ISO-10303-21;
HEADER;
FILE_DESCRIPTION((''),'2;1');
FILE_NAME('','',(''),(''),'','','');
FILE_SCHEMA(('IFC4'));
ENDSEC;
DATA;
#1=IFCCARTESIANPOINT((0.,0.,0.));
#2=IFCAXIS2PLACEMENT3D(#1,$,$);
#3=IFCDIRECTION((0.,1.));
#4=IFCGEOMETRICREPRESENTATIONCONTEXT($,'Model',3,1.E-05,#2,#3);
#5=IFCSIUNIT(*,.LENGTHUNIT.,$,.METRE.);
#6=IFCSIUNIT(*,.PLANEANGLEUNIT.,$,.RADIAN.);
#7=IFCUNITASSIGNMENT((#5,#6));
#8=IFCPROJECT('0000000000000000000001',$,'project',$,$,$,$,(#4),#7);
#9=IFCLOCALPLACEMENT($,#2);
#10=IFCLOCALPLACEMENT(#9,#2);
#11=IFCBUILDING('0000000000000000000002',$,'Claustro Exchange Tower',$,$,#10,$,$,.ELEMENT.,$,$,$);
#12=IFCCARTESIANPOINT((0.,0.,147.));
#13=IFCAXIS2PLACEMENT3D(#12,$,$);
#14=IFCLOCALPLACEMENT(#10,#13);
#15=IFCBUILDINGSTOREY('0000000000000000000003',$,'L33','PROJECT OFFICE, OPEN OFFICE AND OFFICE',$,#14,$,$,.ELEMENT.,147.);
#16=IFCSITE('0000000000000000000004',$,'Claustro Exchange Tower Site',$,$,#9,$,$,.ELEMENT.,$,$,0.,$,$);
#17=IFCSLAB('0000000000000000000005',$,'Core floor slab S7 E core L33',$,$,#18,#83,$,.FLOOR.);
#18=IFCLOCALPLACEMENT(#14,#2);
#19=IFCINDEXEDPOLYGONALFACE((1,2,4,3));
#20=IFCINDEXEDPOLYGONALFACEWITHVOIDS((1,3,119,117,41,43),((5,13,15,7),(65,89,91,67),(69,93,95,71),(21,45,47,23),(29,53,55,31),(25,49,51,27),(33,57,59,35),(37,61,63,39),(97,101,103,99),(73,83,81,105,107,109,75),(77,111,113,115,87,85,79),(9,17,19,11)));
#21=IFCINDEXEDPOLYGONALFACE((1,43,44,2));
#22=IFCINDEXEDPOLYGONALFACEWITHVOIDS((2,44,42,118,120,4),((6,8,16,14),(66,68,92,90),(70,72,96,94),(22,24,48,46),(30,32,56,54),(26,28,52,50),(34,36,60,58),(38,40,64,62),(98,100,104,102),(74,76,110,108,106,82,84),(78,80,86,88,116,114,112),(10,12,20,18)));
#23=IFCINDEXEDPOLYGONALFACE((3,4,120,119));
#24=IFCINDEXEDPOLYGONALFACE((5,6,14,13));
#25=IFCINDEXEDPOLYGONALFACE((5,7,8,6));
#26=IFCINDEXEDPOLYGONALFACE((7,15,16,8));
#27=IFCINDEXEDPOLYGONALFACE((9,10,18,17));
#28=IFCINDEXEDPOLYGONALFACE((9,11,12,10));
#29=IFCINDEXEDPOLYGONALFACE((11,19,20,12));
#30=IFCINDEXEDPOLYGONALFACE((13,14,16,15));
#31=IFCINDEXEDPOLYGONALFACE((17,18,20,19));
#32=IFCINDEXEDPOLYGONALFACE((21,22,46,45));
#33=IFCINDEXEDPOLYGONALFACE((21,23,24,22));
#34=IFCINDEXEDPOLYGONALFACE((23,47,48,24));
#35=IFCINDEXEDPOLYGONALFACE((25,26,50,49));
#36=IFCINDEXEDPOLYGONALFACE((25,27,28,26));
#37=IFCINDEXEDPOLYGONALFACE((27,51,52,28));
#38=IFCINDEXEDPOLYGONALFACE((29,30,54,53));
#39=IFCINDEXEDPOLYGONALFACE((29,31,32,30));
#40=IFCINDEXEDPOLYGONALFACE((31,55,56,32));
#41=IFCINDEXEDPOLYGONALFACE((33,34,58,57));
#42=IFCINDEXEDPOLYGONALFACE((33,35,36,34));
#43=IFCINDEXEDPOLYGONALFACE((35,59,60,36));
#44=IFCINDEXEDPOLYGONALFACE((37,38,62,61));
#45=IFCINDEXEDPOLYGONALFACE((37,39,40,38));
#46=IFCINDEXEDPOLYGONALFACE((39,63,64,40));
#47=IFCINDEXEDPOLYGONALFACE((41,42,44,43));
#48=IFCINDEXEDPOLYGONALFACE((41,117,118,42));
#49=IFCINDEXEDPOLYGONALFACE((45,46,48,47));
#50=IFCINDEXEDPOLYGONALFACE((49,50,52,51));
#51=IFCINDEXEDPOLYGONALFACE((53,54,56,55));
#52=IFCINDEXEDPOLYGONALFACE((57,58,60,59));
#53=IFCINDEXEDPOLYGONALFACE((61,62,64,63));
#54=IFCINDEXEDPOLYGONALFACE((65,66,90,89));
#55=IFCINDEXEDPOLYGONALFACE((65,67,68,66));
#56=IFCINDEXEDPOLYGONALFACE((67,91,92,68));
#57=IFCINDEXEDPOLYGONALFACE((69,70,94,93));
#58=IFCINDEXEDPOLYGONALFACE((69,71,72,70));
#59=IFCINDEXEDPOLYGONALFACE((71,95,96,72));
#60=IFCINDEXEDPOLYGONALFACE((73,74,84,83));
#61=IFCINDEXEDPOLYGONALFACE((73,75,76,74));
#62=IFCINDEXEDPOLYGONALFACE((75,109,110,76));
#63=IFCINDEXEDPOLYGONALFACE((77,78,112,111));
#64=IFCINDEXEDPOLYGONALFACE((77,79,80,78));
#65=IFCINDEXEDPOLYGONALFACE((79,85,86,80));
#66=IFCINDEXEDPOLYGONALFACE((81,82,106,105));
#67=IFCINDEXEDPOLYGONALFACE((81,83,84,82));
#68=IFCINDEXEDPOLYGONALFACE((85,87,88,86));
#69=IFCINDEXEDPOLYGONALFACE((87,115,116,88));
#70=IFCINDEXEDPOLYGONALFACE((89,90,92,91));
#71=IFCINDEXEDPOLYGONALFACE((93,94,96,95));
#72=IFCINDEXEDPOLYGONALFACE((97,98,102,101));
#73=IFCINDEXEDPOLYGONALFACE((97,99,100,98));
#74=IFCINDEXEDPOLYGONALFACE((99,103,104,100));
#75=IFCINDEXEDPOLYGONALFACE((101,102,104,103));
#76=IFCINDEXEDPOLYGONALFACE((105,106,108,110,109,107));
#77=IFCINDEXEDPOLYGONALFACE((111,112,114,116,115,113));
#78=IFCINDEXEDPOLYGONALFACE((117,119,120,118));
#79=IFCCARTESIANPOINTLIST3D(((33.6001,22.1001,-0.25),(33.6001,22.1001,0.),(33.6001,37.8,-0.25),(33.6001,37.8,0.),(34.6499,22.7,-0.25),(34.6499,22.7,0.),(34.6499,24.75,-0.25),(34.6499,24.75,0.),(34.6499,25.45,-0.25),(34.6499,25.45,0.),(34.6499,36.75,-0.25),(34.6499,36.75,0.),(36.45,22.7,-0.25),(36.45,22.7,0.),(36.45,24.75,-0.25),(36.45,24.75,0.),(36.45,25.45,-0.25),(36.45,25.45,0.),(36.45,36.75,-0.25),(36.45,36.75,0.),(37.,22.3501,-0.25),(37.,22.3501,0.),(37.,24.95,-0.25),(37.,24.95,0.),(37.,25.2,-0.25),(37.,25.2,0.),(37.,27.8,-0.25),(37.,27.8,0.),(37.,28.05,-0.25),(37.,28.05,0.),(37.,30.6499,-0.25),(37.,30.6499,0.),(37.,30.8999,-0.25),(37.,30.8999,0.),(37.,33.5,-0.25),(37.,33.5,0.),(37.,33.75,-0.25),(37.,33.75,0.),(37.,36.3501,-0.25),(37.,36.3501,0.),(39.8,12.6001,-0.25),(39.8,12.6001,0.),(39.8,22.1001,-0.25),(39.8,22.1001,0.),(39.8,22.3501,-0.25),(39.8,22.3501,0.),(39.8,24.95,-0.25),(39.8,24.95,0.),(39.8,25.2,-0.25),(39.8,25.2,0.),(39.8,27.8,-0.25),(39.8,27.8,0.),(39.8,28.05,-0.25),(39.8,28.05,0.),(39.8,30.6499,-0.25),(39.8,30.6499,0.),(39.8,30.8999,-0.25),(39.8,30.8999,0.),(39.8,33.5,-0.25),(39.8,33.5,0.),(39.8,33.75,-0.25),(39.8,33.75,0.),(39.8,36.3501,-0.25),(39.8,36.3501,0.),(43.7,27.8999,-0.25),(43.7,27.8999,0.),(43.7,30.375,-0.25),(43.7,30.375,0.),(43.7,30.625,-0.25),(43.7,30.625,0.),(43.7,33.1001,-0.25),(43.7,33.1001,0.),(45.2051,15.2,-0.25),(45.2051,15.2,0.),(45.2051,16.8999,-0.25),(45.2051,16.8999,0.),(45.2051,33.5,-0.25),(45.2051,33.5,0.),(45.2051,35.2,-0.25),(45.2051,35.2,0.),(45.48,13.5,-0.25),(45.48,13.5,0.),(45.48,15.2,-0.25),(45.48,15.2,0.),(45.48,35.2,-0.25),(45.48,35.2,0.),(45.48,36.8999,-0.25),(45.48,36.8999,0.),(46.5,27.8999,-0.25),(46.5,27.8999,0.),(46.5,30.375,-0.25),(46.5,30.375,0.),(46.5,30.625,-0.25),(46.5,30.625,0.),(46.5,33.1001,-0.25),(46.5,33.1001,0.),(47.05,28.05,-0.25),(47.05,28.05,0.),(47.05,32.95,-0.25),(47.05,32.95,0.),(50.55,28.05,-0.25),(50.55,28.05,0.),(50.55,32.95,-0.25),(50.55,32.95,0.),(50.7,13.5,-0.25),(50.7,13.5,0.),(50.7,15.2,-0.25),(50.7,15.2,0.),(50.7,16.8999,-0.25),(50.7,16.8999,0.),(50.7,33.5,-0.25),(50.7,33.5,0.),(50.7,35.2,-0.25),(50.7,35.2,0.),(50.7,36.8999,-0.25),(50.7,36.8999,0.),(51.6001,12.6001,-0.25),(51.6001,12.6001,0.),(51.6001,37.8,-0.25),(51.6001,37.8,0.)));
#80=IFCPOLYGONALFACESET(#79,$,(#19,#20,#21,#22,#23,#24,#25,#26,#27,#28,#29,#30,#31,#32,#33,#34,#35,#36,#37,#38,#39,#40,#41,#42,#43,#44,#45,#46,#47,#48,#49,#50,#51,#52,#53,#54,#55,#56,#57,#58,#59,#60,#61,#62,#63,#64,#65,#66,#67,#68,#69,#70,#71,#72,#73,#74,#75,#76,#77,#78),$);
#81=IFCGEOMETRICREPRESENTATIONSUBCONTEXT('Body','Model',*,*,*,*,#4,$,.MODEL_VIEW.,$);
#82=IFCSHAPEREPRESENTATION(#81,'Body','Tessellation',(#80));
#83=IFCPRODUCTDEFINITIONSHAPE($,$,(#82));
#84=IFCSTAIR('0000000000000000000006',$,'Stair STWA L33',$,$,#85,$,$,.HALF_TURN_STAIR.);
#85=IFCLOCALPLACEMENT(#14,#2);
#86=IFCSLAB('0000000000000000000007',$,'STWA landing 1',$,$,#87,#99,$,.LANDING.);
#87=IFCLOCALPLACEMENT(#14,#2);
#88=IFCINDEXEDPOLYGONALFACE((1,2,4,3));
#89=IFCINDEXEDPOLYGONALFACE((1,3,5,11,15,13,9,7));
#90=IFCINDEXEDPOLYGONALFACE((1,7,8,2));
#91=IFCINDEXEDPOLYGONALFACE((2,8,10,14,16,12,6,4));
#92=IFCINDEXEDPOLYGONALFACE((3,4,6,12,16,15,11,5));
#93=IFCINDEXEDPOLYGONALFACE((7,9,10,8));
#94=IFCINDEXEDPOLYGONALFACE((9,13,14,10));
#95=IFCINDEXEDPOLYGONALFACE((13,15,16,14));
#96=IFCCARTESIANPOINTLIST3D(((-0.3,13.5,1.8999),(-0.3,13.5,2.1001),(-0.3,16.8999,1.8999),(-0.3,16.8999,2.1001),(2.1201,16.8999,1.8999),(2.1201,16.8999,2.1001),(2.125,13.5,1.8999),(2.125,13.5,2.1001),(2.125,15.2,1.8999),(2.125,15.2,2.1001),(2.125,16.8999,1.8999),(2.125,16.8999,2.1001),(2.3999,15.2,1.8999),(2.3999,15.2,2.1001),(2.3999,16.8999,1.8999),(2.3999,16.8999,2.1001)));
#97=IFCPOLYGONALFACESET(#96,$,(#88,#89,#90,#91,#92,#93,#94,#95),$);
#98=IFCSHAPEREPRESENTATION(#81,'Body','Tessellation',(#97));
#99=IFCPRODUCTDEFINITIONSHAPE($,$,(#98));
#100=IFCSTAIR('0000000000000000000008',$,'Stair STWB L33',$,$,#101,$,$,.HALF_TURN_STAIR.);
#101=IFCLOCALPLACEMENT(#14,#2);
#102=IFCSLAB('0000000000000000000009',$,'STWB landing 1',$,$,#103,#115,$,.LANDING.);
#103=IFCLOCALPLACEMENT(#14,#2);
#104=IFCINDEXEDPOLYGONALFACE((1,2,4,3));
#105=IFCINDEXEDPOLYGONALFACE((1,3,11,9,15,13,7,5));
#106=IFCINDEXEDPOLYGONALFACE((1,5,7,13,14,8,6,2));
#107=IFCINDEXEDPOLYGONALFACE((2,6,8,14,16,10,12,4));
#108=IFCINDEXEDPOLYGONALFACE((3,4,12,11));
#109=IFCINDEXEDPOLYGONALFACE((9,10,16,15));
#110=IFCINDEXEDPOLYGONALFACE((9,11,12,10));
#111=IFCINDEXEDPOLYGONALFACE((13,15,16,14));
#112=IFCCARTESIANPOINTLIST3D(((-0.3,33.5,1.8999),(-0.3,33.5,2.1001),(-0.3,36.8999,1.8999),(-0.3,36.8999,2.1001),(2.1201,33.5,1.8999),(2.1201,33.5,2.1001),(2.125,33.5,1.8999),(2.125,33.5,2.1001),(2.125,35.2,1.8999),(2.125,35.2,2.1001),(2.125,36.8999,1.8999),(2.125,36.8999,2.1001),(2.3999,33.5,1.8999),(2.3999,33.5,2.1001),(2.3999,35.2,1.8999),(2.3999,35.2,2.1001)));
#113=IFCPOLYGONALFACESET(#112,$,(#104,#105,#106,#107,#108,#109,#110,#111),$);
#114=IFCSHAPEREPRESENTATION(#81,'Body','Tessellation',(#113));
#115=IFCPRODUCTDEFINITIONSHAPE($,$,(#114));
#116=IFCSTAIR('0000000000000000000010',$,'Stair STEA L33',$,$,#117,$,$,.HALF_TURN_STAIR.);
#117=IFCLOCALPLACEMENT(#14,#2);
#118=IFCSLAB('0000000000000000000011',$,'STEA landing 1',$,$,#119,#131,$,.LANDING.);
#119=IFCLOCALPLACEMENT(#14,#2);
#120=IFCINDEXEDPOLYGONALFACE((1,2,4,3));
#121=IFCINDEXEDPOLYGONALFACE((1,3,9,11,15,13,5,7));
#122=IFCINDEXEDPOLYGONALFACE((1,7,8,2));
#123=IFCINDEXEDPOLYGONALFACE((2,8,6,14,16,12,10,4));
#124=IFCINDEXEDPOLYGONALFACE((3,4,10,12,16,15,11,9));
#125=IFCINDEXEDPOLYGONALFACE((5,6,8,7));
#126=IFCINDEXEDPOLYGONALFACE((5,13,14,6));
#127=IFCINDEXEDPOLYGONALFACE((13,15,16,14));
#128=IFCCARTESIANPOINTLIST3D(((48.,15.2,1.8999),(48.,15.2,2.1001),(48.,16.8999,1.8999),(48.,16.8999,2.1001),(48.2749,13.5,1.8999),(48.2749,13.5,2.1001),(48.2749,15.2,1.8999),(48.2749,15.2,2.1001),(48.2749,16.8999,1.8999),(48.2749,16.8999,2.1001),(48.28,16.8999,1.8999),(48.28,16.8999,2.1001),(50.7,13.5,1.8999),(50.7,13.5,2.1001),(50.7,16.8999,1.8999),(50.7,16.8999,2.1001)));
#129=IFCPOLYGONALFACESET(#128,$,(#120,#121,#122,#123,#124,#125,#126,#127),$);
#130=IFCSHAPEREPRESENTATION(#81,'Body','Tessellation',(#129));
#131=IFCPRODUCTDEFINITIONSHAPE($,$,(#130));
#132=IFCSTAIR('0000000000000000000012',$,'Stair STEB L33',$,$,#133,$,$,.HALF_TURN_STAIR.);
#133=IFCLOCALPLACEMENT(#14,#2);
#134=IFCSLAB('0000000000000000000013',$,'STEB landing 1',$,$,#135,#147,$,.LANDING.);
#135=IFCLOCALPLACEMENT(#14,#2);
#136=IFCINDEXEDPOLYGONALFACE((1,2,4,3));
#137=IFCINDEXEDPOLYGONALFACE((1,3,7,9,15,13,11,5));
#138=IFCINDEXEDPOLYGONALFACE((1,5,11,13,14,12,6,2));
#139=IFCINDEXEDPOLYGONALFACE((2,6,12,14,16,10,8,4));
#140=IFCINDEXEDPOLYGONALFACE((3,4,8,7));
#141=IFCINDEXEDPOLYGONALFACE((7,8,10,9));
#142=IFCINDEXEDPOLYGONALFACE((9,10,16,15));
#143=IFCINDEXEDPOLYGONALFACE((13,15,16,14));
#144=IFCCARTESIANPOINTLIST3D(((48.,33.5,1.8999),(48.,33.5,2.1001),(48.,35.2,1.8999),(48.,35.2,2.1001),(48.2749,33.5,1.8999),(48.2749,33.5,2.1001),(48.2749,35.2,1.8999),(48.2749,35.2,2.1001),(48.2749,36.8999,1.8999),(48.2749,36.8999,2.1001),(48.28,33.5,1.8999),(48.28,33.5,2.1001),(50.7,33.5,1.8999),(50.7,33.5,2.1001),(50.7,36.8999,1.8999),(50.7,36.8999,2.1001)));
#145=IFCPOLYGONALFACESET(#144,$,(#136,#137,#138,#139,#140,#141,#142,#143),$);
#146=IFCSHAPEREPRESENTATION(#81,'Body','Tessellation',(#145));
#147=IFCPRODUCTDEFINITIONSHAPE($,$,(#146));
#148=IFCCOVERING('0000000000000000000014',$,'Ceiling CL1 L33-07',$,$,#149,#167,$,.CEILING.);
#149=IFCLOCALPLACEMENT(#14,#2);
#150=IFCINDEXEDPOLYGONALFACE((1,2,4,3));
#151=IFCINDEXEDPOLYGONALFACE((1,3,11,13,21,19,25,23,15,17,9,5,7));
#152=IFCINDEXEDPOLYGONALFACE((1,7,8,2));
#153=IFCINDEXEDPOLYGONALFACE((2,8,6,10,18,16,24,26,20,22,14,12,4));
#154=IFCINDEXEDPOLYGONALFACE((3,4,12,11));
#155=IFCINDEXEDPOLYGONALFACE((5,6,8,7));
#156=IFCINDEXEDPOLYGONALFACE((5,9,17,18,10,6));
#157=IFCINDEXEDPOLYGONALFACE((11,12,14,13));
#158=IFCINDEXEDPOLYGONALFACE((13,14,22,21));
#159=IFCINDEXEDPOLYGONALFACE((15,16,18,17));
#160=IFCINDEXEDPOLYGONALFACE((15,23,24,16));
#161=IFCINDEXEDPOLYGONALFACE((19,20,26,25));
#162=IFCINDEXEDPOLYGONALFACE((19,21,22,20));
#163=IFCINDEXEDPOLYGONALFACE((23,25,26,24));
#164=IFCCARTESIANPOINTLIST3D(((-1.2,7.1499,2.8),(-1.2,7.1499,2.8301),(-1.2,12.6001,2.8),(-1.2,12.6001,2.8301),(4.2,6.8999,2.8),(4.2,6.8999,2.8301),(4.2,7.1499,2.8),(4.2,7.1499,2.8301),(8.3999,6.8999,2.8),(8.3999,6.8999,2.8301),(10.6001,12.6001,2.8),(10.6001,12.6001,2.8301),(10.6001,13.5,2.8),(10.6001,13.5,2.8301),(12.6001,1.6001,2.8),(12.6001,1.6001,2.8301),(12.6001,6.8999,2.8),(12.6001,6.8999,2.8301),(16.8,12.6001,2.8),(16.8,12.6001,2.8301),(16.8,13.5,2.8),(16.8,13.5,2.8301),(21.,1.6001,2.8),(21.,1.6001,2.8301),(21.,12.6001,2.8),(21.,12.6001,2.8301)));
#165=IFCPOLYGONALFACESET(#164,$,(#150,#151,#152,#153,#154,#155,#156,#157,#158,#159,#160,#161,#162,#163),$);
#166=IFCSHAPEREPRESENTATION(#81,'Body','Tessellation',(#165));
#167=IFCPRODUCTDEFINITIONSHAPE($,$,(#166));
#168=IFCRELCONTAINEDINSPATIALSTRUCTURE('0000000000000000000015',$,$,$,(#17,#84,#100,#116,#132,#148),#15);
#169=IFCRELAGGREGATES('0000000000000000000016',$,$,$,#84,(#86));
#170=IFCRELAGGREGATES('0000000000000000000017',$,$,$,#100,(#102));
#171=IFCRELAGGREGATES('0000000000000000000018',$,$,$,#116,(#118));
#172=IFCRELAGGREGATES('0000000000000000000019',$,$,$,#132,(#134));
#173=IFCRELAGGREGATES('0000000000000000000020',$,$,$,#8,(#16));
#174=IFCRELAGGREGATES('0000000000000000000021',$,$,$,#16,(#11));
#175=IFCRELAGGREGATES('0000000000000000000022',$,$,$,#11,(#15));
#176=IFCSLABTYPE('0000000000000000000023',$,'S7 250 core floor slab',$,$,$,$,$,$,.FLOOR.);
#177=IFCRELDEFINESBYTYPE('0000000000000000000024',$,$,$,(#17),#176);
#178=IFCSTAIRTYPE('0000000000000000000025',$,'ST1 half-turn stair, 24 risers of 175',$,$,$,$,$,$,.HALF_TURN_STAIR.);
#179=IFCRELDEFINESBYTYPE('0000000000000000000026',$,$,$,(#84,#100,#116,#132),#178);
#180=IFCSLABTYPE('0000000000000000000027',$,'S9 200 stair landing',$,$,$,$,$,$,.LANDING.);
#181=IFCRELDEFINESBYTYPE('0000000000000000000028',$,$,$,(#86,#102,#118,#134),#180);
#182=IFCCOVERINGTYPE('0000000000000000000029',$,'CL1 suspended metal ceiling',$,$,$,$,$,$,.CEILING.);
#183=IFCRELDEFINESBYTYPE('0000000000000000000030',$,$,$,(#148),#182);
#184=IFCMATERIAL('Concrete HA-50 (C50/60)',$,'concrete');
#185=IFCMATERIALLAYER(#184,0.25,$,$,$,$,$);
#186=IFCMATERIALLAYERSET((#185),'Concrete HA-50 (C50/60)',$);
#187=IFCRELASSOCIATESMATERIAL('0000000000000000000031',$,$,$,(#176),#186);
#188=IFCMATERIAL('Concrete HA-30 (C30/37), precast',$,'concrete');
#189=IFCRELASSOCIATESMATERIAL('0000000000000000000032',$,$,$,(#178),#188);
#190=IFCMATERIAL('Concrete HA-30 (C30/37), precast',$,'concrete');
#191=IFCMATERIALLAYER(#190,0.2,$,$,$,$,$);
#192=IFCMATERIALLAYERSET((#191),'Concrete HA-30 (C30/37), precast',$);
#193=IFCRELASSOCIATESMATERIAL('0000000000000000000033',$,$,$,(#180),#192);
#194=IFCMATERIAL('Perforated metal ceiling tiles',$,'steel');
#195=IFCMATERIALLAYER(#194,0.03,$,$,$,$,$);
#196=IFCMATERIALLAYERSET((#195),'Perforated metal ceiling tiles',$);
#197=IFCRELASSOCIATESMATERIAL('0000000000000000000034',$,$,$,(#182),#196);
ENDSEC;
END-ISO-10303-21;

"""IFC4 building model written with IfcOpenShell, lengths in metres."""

from ifc_helpers import new_model, si_unit, direction, frame, origin, place, context, subcontext, project, spatial, polyline, outline, extrude, material, layer, layer_set, type_object, element, aggregate, save


model = new_model("IFC4")

# Units and contexts
model_context = context("Model", 3, precision=1e-05, world=origin(), true_north=direction((0.0, 1.0)))
body_context = subcontext(model_context, "Body", "Model", "MODEL_VIEW")
ifc_project = project(units=[si_unit("LENGTHUNIT", "METRE"), si_unit("PLANEANGLEUNIT", "RADIAN")], contexts=[model_context])

# Site, building, storey
site_placement = place(None, origin())
site = spatial("IfcSite", under=ifc_project, at=site_placement, Name="Claustro Exchange Tower Site", CompositionType="ELEMENT", RefElevation=0.0)
building_placement = place(site_placement, origin())
building = spatial("IfcBuilding", under=site, at=building_placement, Name="Claustro Exchange Tower", CompositionType="ELEMENT")
storey_placement = place(building_placement, frame((0.0, 0.0, 147.0)))
storey = spatial("IfcBuildingStorey", under=building, at=storey_placement, Name="L33", Description="PROJECT OFFICE, OPEN OFFICE AND OFFICE", CompositionType="ELEMENT", Elevation=147.0)

# Slab
ifc_material_1 = material(Name="Concrete HA-50 (C50/60)", Category="concrete")
ifc_layer_1 = layer(ifc_material_1, 0.25)
ifc_layer_set_1 = layer_set([ifc_layer_1], Name="Concrete HA-50 (C50/60)")
slab_type_1 = type_object("IfcSlabType", Name="S7 250 core floor slab", PredefinedType="FLOOR", material=ifc_layer_set_1)
slab_1_placement = place(storey_placement, frame((0.0, 0.0, -0.25)))
element("IfcSlab", 1, at=slab_1_placement, inside=storey, type_object=slab_type_1, Name="Core floor slab S7 E core L33", PredefinedType="FLOOR", context=body_context, shape_type="SweptSolid", body=[
    extrude(outline(polyline([(51.6001, 37.8), (33.6001, 37.8), (33.6001, 22.1001), (39.8, 22.1001), (39.8, 12.6001), (51.6001, 12.6001), (51.6001, 37.8)]), holes=[polyline([(45.48, 15.2), (45.2051, 15.2), (45.2051, 16.8999), (50.7, 16.8999), (50.7, 15.2), (50.7, 13.5), (45.48, 13.5), (45.48, 15.2)]), polyline([(45.48, 35.2), (45.48, 36.8999), (50.7, 36.8999), (50.7, 35.2), (50.7, 33.5), (45.2051, 33.5), (45.2051, 35.2), (45.48, 35.2)]), polyline([(50.55, 32.95), (50.55, 28.05), (47.05, 28.05), (47.05, 32.95), (50.55, 32.95)]), polyline([(43.7, 33.1001), (46.5, 33.1001), (46.5, 30.625), (43.7, 30.625), (43.7, 33.1001)]), polyline([(46.5, 30.375), (46.5, 27.8999), (43.7, 27.8999), (43.7, 30.375), (46.5, 30.375)]), polyline([(37.0, 24.95), (39.8, 24.95), (39.8, 22.3501), (37.0, 22.3501), (37.0, 24.95)]), polyline([(37.0, 30.6499), (39.8, 30.6499), (39.8, 28.05), (37.0, 28.05), (37.0, 30.6499)]), polyline([(39.8, 27.8), (39.8, 25.2), (37.0, 25.2), (37.0, 27.8), (39.8, 27.8)]), polyline([(39.8, 33.5), (39.8, 30.8999), (37.0, 30.8999), (37.0, 33.5), (39.8, 33.5)]), polyline([(39.8, 36.3501), (39.8, 33.75), (37.0, 33.75), (37.0, 36.3501), (39.8, 36.3501)]), polyline([(36.45, 24.75), (36.45, 22.7), (34.6499, 22.7), (34.6499, 24.75), (36.45, 24.75)]), polyline([(36.45, 36.75), (36.45, 25.45), (34.6499, 25.45), (34.6499, 36.75), (36.45, 36.75)])]), origin(), (0.0, 0.0, 1.0), 0.25),
])

# Stairs, slabs
ifc_material_2 = material(Name="Concrete HA-30 (C30/37), precast", Category="concrete")
stair_type = type_object("IfcStairType", Name="ST1 half-turn stair, 24 risers of 175", PredefinedType="HALF_TURN_STAIR", material=ifc_material_2)
stair_1_placement = place(storey_placement, origin())
stair_1 = element("IfcStair", 2, at=stair_1_placement, inside=storey, type_object=stair_type, Name="Stair STWA L33", PredefinedType="HALF_TURN_STAIR")
ifc_material_3 = material(Name="Concrete HA-30 (C30/37), precast", Category="concrete")
ifc_layer_2 = layer(ifc_material_3, 0.2)
ifc_layer_set_2 = layer_set([ifc_layer_2], Name="Concrete HA-30 (C30/37), precast")
slab_type_2 = type_object("IfcSlabType", Name="S9 200 stair landing", PredefinedType="LANDING", material=ifc_layer_set_2)
slab_2_placement = place(storey_placement, frame((0.0, 0.0, 1.8999)))
slab_2 = element("IfcSlab", 3, at=slab_2_placement, type_object=slab_type_2, Name="STWA landing 1", PredefinedType="LANDING", context=body_context, shape_type="SweptSolid", body=[
    extrude(outline(polyline([(2.125, 13.5), (-0.3, 13.5), (-0.3, 16.8999), (2.1201, 16.8999), (2.125, 16.8999), (2.3999, 16.8999), (2.3999, 15.2), (2.125, 15.2), (2.125, 13.5)])), origin(), (0.0, 0.0, 1.0), 0.2002),
])
aggregate(stair_1, [slab_2])
stair_2_placement = place(storey_placement, origin())
stair_2 = element("IfcStair", 4, at=stair_2_placement, inside=storey, type_object=stair_type, Name="Stair STWB L33", PredefinedType="HALF_TURN_STAIR")
slab_3_placement = place(storey_placement, frame((0.0, 0.0, 1.8999)))
slab_3 = element("IfcSlab", 5, at=slab_3_placement, type_object=slab_type_2, Name="STWB landing 1", PredefinedType="LANDING", context=body_context, shape_type="SweptSolid", body=[
    extrude(outline(polyline([(2.3999, 35.2), (2.3999, 33.5), (2.125, 33.5), (2.1201, 33.5), (-0.3, 33.5), (-0.3, 36.8999), (2.125, 36.8999), (2.125, 35.2), (2.3999, 35.2)])), origin(), (0.0, 0.0, 1.0), 0.2002),
])
aggregate(stair_2, [slab_3])
stair_3_placement = place(storey_placement, origin())
stair_3 = element("IfcStair", 6, at=stair_3_placement, inside=storey, type_object=stair_type, Name="Stair STEA L33", PredefinedType="HALF_TURN_STAIR")
slab_4_placement = place(storey_placement, frame((0.0, 0.0, 1.8999)))
slab_4 = element("IfcSlab", 7, at=slab_4_placement, type_object=slab_type_2, Name="STEA landing 1", PredefinedType="LANDING", context=body_context, shape_type="SweptSolid", body=[
    extrude(outline(polyline([(50.7, 16.8999), (50.7, 13.5), (48.2749, 13.5), (48.2749, 15.2), (48.0, 15.2), (48.0, 16.8999), (48.2749, 16.8999), (48.28, 16.8999), (50.7, 16.8999)])), origin(), (0.0, 0.0, 1.0), 0.2002),
])
aggregate(stair_3, [slab_4])
stair_4_placement = place(storey_placement, origin())
stair_4 = element("IfcStair", 8, at=stair_4_placement, inside=storey, type_object=stair_type, Name="Stair STEB L33", PredefinedType="HALF_TURN_STAIR")
slab_5_placement = place(storey_placement, frame((0.0, 0.0, 1.8999)))
slab_5 = element("IfcSlab", 9, at=slab_5_placement, type_object=slab_type_2, Name="STEB landing 1", PredefinedType="LANDING", context=body_context, shape_type="SweptSolid", body=[
    extrude(outline(polyline([(48.0, 33.5), (48.0, 35.2), (48.2749, 35.2), (48.2749, 36.8999), (50.7, 36.8999), (50.7, 33.5), (48.28, 33.5), (48.2749, 33.5), (48.0, 33.5)])), origin(), (0.0, 0.0, 1.0), 0.2002),
])
aggregate(stair_4, [slab_5])

# Covering
ifc_material_4 = material(Name="Perforated metal ceiling tiles", Category="steel")
ifc_layer_3 = layer(ifc_material_4, 0.03)
ifc_layer_set_3 = layer_set([ifc_layer_3], Name="Perforated metal ceiling tiles")
covering_type_1 = type_object("IfcCoveringType", Name="CL1 suspended metal ceiling", PredefinedType="CEILING", material=ifc_layer_set_3)
covering_1_placement = place(storey_placement, frame((0.0, 0.0, 2.8)))
element("IfcCovering", 10, at=covering_1_placement, inside=storey, type_object=covering_type_1, Name="Ceiling CL1 L33-07", PredefinedType="CEILING", context=body_context, shape_type="SweptSolid", body=[
    extrude(outline(polyline([(10.6001, 13.5), (10.6001, 12.6001), (-1.2, 12.6001), (-1.2, 7.1499), (4.2, 7.1499), (4.2, 6.8999), (8.3999, 6.8999), (12.6001, 6.8999), (12.6001, 1.6001), (21.0, 1.6001), (21.0, 12.6001), (16.8, 12.6001), (16.8, 13.5), (10.6001, 13.5)])), origin(), (0.0, 0.0, 1.0), 0.03),
])

save(model, "model.ifc")
